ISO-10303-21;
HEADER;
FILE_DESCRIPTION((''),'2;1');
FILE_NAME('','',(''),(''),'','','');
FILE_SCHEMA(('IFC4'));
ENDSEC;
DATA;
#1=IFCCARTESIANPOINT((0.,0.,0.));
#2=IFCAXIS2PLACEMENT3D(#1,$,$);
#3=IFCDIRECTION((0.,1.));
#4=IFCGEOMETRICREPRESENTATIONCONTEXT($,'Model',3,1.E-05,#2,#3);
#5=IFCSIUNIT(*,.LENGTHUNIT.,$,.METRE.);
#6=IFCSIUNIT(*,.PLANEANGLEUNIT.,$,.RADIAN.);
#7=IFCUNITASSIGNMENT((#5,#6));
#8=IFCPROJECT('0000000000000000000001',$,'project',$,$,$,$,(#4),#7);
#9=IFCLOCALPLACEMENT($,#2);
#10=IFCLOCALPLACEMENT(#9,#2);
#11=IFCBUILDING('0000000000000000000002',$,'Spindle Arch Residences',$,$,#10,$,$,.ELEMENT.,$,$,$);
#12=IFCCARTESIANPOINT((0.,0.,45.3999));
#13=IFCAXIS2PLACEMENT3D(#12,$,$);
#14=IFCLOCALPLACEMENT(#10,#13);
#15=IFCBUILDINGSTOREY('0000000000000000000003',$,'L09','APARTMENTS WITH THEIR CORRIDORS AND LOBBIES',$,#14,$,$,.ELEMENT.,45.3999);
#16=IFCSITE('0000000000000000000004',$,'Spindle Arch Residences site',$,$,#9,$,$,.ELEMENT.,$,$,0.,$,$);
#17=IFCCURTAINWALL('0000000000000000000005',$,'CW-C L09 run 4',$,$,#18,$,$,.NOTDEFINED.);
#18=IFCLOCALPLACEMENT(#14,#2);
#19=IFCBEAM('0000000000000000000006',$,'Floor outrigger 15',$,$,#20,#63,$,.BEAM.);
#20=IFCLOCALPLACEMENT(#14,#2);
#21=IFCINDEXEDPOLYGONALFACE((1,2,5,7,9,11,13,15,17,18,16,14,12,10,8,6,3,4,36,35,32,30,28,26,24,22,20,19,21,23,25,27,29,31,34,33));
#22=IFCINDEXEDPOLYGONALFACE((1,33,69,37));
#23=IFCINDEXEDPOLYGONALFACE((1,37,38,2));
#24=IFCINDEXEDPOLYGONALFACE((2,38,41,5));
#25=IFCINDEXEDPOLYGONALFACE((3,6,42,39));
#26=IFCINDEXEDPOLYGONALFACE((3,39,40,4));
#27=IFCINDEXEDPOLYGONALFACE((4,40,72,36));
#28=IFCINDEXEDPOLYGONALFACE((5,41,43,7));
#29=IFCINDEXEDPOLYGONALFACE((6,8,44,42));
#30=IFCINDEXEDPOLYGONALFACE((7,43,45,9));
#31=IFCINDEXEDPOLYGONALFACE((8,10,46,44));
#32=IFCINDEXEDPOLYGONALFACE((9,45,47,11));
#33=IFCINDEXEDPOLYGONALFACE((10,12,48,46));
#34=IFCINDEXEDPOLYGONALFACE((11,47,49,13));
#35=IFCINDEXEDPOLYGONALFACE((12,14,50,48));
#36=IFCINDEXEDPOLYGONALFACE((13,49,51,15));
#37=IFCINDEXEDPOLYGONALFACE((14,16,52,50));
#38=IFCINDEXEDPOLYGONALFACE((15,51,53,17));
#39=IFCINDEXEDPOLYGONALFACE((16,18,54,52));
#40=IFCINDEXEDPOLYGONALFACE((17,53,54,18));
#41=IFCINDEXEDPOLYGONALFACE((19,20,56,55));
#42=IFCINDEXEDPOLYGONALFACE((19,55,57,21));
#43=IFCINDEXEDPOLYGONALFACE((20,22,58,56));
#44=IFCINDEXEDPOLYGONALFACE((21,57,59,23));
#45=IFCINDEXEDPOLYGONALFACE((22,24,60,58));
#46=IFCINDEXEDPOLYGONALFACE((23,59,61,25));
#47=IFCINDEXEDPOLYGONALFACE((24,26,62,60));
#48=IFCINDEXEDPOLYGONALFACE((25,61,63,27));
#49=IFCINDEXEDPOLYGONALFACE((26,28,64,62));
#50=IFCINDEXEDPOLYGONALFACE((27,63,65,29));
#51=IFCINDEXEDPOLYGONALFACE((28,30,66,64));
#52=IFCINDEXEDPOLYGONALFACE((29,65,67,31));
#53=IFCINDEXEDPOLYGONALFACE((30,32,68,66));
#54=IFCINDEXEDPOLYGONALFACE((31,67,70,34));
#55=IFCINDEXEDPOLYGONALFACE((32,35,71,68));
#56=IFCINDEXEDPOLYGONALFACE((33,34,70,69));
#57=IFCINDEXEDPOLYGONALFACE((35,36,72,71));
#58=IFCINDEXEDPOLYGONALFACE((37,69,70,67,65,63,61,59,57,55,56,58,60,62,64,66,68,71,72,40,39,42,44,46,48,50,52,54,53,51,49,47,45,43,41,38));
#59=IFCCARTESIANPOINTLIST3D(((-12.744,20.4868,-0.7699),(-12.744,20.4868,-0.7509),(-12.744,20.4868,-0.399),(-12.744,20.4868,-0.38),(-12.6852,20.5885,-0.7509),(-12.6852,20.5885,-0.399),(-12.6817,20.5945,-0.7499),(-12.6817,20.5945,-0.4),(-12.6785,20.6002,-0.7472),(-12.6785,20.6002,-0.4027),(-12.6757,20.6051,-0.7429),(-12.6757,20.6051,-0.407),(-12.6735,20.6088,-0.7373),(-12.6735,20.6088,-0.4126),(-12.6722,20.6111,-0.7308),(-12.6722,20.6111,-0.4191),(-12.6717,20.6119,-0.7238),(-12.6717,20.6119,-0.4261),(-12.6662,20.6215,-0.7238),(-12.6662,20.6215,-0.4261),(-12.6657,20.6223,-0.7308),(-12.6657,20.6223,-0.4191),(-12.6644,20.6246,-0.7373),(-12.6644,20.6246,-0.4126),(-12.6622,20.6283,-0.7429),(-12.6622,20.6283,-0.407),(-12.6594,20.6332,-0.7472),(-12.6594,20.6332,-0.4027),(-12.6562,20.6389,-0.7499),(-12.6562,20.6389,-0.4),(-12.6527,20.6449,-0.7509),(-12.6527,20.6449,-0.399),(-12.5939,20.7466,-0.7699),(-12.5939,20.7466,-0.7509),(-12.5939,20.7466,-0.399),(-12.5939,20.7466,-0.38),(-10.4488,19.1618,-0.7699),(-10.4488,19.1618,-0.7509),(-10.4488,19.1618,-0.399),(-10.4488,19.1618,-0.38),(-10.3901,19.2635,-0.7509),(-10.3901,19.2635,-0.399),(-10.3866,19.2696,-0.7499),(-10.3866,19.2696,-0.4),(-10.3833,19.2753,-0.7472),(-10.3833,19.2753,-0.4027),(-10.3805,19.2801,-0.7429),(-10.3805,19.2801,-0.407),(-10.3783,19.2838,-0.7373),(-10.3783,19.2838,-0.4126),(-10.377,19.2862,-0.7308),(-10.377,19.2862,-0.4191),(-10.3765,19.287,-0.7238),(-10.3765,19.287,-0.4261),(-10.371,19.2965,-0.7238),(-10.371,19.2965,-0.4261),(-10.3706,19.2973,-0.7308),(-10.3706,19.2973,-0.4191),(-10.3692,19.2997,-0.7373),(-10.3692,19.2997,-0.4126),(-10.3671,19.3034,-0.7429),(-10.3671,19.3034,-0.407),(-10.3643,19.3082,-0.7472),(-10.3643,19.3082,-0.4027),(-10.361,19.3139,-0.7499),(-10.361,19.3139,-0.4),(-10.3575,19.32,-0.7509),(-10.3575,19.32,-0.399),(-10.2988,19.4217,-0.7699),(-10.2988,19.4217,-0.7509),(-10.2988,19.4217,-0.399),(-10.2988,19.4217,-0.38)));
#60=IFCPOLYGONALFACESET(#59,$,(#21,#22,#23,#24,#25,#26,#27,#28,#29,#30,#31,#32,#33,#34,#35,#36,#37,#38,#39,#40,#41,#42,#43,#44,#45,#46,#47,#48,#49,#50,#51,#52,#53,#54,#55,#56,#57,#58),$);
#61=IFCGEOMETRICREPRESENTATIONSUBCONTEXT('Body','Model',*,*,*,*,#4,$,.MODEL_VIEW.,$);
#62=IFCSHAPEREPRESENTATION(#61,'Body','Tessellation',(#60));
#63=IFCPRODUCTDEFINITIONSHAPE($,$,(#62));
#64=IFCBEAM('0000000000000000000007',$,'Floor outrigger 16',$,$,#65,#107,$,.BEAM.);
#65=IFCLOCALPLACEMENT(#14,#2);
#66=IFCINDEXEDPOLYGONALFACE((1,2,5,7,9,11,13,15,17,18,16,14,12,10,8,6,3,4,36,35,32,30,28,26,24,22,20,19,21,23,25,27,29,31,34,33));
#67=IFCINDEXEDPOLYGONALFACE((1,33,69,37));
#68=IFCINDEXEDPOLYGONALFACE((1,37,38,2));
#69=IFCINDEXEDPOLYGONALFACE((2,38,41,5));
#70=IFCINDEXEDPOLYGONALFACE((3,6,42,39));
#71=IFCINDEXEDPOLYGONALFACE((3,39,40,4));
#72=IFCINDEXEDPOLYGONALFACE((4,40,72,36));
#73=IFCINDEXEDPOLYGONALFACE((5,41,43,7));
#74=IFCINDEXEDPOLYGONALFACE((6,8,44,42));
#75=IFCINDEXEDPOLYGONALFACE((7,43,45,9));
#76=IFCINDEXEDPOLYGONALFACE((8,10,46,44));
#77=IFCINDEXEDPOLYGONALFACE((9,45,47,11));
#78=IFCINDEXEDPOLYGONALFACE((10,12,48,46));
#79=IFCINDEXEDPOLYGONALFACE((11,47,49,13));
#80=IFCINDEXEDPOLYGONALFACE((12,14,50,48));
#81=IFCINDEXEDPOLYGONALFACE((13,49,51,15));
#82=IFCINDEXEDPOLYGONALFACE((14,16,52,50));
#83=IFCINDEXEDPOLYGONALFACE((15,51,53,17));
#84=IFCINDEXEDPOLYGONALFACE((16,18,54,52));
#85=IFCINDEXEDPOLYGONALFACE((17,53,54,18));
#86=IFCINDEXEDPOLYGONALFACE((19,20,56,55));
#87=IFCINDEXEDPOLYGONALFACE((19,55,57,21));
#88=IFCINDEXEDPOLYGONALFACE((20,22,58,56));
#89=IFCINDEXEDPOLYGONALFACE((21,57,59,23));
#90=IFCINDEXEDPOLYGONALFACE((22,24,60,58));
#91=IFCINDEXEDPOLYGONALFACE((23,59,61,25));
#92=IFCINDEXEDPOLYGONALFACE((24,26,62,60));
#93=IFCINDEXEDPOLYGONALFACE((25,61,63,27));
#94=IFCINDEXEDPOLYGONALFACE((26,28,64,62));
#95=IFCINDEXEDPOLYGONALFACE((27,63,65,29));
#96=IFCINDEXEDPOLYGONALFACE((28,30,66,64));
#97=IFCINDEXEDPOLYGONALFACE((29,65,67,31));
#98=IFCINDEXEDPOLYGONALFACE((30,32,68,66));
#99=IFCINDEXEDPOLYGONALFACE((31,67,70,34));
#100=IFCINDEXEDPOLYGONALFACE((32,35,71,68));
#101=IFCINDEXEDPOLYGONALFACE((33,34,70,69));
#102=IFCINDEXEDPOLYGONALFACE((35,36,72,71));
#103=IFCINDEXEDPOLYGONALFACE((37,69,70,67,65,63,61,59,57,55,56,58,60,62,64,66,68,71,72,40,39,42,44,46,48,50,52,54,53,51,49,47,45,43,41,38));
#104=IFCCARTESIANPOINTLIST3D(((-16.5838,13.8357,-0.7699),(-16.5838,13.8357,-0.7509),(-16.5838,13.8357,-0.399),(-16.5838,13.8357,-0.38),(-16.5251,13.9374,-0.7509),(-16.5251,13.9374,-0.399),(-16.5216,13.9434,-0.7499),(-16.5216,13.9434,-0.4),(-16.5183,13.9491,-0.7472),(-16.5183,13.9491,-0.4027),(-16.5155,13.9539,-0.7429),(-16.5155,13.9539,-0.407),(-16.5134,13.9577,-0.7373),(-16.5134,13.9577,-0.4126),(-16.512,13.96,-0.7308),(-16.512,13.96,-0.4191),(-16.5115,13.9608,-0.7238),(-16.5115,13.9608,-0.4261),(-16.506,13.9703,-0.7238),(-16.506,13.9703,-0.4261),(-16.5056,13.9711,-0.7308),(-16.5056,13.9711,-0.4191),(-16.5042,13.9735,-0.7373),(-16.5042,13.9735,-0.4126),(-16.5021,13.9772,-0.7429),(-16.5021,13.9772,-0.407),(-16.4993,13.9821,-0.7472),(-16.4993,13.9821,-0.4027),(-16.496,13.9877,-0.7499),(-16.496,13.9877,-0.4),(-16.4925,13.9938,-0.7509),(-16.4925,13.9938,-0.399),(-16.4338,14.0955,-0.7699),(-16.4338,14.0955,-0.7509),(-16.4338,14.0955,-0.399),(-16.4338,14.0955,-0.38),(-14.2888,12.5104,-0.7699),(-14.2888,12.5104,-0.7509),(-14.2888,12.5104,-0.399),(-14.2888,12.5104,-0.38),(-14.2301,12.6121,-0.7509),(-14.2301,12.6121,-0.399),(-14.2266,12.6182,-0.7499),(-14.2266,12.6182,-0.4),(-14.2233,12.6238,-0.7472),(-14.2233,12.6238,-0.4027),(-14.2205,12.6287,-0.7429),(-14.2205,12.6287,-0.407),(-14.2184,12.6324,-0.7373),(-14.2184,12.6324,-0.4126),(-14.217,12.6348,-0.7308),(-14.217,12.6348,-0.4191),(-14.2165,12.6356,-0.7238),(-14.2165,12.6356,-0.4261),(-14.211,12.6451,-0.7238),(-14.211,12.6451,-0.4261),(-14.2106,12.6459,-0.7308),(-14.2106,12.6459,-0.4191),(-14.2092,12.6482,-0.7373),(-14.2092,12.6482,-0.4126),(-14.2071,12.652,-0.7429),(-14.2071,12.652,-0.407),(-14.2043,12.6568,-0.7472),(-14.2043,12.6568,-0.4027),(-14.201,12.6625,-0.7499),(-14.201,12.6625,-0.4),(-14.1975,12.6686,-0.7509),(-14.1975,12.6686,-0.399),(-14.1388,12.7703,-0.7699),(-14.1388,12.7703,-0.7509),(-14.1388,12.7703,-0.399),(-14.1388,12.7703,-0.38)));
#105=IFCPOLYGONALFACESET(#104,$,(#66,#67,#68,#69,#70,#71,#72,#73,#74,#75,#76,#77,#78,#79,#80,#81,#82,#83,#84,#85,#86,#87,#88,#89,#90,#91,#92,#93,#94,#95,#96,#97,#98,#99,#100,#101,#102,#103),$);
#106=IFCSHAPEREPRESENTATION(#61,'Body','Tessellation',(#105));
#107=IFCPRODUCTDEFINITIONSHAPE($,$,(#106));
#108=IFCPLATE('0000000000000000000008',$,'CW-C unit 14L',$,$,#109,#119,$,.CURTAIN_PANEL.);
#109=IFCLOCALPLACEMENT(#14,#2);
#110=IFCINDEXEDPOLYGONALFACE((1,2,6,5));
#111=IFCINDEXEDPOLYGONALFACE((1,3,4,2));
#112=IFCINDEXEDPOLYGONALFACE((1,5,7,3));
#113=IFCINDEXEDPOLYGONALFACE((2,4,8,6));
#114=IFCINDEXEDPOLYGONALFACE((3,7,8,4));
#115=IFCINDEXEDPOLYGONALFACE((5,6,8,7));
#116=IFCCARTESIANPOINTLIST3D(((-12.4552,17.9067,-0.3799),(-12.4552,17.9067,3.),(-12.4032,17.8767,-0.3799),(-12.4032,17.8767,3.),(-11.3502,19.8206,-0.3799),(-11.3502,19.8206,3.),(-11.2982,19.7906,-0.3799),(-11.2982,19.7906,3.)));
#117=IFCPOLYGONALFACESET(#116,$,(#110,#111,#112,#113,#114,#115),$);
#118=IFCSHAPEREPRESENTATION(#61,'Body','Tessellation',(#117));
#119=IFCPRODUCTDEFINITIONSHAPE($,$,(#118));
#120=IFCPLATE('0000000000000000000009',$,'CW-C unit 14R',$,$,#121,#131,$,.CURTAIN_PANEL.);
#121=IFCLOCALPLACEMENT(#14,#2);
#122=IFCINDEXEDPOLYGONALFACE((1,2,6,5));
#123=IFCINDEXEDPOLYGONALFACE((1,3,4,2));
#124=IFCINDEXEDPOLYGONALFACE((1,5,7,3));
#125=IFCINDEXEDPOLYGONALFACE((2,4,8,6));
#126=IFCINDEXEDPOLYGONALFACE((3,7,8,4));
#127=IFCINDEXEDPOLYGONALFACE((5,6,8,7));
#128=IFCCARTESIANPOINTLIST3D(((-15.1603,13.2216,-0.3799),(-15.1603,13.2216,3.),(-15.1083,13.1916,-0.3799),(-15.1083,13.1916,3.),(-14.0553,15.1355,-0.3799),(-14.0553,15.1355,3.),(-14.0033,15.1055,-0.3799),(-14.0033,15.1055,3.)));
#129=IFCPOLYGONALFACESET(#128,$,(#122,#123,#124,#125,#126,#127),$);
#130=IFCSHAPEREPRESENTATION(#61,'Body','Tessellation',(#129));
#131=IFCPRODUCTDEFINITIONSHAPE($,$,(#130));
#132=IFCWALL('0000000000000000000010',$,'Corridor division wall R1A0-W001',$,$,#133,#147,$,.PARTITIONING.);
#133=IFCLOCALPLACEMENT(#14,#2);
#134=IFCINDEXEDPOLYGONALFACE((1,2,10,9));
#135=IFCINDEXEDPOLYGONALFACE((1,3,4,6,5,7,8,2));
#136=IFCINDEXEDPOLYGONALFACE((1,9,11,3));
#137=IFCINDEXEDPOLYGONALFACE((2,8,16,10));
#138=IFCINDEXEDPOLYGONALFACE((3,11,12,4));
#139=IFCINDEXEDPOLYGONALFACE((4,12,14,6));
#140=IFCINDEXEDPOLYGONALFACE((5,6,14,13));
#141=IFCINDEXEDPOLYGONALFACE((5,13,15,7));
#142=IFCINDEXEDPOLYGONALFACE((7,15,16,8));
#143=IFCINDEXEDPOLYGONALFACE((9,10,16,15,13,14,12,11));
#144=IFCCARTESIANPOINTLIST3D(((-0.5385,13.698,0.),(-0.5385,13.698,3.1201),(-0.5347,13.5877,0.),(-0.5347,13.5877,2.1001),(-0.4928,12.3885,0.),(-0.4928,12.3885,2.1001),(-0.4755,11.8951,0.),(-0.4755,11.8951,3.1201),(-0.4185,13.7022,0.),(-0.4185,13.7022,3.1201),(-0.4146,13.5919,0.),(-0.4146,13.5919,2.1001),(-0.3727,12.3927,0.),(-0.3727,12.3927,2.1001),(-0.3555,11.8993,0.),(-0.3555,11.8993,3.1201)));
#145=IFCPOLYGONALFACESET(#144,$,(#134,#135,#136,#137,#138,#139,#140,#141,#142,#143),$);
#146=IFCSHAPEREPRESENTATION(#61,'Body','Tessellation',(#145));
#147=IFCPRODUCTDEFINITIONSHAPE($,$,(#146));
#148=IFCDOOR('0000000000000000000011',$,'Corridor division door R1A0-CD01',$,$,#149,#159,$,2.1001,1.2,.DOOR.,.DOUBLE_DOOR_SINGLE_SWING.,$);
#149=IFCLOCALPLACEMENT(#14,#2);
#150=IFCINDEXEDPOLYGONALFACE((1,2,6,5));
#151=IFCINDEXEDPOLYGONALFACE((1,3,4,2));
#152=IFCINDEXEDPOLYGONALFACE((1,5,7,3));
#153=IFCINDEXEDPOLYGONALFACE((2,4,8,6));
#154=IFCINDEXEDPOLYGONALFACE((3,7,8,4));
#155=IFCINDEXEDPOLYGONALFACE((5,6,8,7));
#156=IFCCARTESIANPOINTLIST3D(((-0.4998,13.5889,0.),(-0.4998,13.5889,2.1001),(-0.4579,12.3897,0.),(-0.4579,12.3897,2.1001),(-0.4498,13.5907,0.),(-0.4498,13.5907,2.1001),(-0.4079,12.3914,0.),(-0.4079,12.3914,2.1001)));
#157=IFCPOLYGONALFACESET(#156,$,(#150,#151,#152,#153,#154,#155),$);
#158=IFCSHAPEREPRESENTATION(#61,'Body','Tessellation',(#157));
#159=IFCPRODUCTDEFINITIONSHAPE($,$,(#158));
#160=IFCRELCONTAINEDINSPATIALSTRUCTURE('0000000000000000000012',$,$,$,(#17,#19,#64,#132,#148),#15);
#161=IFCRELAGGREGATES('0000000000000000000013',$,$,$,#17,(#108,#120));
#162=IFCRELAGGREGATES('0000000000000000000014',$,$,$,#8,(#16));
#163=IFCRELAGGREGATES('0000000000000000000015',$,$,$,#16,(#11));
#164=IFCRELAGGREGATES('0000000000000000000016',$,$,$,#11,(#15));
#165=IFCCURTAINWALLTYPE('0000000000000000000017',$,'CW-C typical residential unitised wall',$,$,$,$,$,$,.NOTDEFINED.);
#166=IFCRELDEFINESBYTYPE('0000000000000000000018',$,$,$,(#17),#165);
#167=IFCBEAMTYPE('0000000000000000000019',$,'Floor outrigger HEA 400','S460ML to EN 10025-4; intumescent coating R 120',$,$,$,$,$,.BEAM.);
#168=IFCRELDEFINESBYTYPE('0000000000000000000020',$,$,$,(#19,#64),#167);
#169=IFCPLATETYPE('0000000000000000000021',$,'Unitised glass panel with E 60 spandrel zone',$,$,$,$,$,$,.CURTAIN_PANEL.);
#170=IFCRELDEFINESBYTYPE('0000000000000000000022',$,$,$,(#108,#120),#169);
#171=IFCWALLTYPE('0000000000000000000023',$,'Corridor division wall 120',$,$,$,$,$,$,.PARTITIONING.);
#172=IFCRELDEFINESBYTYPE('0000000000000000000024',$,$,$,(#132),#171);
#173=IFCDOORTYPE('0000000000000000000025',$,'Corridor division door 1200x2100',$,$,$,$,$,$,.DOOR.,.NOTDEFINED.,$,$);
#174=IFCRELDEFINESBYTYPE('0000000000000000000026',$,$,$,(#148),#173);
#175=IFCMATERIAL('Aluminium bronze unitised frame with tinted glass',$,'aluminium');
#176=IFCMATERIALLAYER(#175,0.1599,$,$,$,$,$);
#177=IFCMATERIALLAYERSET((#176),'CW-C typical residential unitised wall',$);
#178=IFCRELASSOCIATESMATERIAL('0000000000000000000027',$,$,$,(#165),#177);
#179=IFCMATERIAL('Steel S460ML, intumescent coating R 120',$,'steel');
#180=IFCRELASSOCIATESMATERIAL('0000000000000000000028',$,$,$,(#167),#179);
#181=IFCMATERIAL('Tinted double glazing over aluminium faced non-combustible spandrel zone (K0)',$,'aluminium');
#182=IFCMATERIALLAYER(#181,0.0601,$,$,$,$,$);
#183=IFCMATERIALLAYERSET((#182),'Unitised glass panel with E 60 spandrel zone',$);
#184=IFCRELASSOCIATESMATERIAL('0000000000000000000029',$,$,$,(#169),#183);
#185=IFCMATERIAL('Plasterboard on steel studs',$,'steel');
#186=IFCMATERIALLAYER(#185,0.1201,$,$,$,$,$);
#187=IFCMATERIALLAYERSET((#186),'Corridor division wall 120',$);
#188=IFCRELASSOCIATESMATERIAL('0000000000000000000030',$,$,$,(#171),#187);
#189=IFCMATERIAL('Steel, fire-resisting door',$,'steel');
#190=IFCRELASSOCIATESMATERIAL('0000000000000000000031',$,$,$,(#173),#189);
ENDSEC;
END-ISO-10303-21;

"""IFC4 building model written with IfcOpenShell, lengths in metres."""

from ifc_helpers import new_model, si_unit, direction, frame, frame_2d, origin, origin_2d, place, context, subcontext, project, spatial, rectangle, i_section, extrude, material, layer, layer_set, material_profile, profile_set, type_object, element, fill, aggregate, save


model = new_model("IFC4")

# Units and contexts
model_context = context("Model", 3, precision=1e-05, world=origin(), true_north=direction((0.0, 1.0)))
body_context = subcontext(model_context, "Body", "Model", "MODEL_VIEW")
ifc_project = project(units=[si_unit("LENGTHUNIT", "METRE"), si_unit("PLANEANGLEUNIT", "RADIAN")], contexts=[model_context])

# Site, building, storey
site_placement = place(None, origin())
site = spatial("IfcSite", under=ifc_project, at=site_placement, Name="Spindle Arch Residences site", CompositionType="ELEMENT", RefElevation=0.0)
building_placement = place(site_placement, origin())
building = spatial("IfcBuilding", under=site, at=building_placement, Name="Spindle Arch Residences", CompositionType="ELEMENT")
storey_placement = place(building_placement, frame((0.0, 0.0, 45.3999)))
storey = spatial("IfcBuildingStorey", under=building, at=storey_placement, Name="L09", Description="APARTMENTS WITH THEIR CORRIDORS AND LOBBIES", CompositionType="ELEMENT", Elevation=45.3999)

# Curtain wall
ifc_material_1 = material(Name="Aluminium bronze unitised frame with tinted glass", Category="aluminium")
ifc_layer_1 = layer(ifc_material_1, 0.1599)
ifc_layer_set_1 = layer_set([ifc_layer_1], Name="CW-C typical residential unitised wall")
curtain_wall_type = type_object("IfcCurtainWallType", Name="CW-C typical residential unitised wall", PredefinedType="NOTDEFINED", material=ifc_layer_set_1)
curtain_wall_placement = place(storey_placement, origin())
curtain_wall = element("IfcCurtainWall", 1, at=curtain_wall_placement, inside=storey, type_object=curtain_wall_type, Name="CW-C L09 run 4", PredefinedType="NOTDEFINED")

# Beams
ifc_material_2 = material(Name="Steel S460ML, intumescent coating R 120", Category="steel")
ifc_material_profile_1 = material_profile(ifc_material_2, i_section(OverallWidth=0.3, OverallDepth=0.3899, WebThickness=0.011, FlangeThickness=0.019, FilletRadius=0.0271, at=origin_2d()), Name="HEA 400")
ifc_profile_set_1 = profile_set([ifc_material_profile_1], Name="Steel S460ML, intumescent coating R 120")
beam_type_1 = type_object("IfcBeamType", Name="Floor outrigger HEA 400", Description="S460ML to EN 10025-4; intumescent coating R 120", PredefinedType="BEAM", material=ifc_profile_set_1)
for number, where, z_axis, x_axis, name in (
    (2, (-12.6689, 20.6167, -0.575), (0.866052, -0.499954, 0.0), (0.499954, 0.866052, 0.0), "Floor outrigger 15"),
    (3, (-16.5088, 13.9656, -0.575), (0.865989, -0.500063, 0.0), (0.500063, 0.865989, 0.0), "Floor outrigger 16"),
):
    element("IfcBeam", number, at=place(storey_placement, frame(where, z_axis=z_axis, x_axis=x_axis)), inside=storey, type_object=beam_type_1, Name=name, PredefinedType="BEAM", context=body_context, shape_type="SweptSolid", body=[
        extrude(i_section(OverallWidth=0.3, OverallDepth=0.3899, WebThickness=0.011, FlangeThickness=0.019, FilletRadius=0.0271, at=origin_2d()), origin(), (0.0, 0.0, 1.0), 2.6501),
    ])

# Plates
ifc_material_3 = material(Name="Tinted double glazing over aluminium faced non-combustible spandrel zone (K0)", Category="aluminium")
ifc_layer_2 = layer(ifc_material_3, 0.0601)
ifc_layer_set_2 = layer_set([ifc_layer_2], Name="Unitised glass panel with E 60 spandrel zone")
plate_type = type_object("IfcPlateType", Name="Unitised glass panel with E 60 spandrel zone", PredefinedType="CURTAIN_PANEL", material=ifc_layer_set_2)
plate_1_placement = place(storey_placement, frame((-11.8767, 18.8486, -0.3799), z_axis=(0.0, 0.0, 1.0), x_axis=(-0.5, -0.866025, 0.0)))
plate_1 = element("IfcPlate", 4, at=plate_1_placement, type_object=plate_type, Name="CW-C unit 14L", PredefinedType="CURTAIN_PANEL", context=body_context, shape_type="SweptSolid", body=[
    extrude(rectangle(XDim=2.21, YDim=0.0601, at=origin_2d()), origin(), (0.0, 0.0, 1.0), 3.3799),
])
plate_2_placement = place(storey_placement, frame((-14.5818, 14.1636, -0.3799), z_axis=(0.0, 0.0, 1.0), x_axis=(-0.5, -0.866025, 0.0)))
plate_2 = element("IfcPlate", 5, at=plate_2_placement, type_object=plate_type, Name="CW-C unit 14R", PredefinedType="CURTAIN_PANEL", context=body_context, shape_type="SweptSolid", body=[
    extrude(rectangle(XDim=2.21, YDim=0.0601, at=origin_2d()), origin(), (0.0, 0.0, 1.0), 3.3799),
])
aggregate(curtain_wall, [plate_1, plate_2])

# Wall, opening, door
ifc_material_4 = material(Name="Plasterboard on steel studs", Category="steel")
ifc_layer_3 = layer(ifc_material_4, 0.1201)
ifc_layer_set_3 = layer_set([ifc_layer_3], Name="Corridor division wall 120")
wall_type_1 = type_object("IfcWallType", Name="Corridor division wall 120", PredefinedType="PARTITIONING", material=ifc_layer_set_3)
wall_1_placement = place(storey_placement, frame((-0.4785, 13.7, 0.0), z_axis=(0.0, 0.0, 1.0), x_axis=(0.034919, -0.99939, 0.0)))
wall_1 = element("IfcWall", 6, at=wall_1_placement, inside=storey, type_object=wall_type_1, Name="Corridor division wall R1A0-W001", PredefinedType="PARTITIONING", context=body_context, shape_type="SweptSolid", body=[
    extrude(rectangle(XDim=1.804, YDim=0.1201, at=frame_2d((0.9019, 0.0))), origin(), (0.0, 0.0, 1.0), 3.1201),
])
opening_1_placement = place(wall_1_placement, frame((0.1101, 0.0, 0.0)))
opening_1 = element("IfcOpeningElement", 7, at=opening_1_placement, cuts=wall_1, PredefinedType="OPENING", context=body_context, shape_type="SweptSolid", body=[
    extrude(rectangle(XDim=1.2, YDim=2.1001, at=frame_2d((0.6001, 1.05))), frame((0.0, 0.0701, 0.0), z_axis=(0.0, -1.0, 0.0), x_axis=(1.0, 0.0, 0.0)), (0.0, 0.0, 1.0), 0.1401),
])
ifc_material_5 = material(Name="Steel, fire-resisting door", Category="steel")
door_type_1 = type_object("IfcDoorType", Name="Corridor division door 1200x2100", OperationType="NOTDEFINED", PredefinedType="DOOR", material=ifc_material_5)
door_1_placement = place(opening_1_placement, origin())
door_1 = element("IfcDoor", 8, at=door_1_placement, inside=storey, type_object=door_type_1, Name="Corridor division door R1A0-CD01", OperationType="DOUBLE_DOOR_SINGLE_SWING", OverallHeight=2.1001, OverallWidth=1.2, PredefinedType="DOOR", context=body_context, shape_type="SweptSolid", body=[
    extrude(rectangle(XDim=1.2, YDim=2.1001, at=frame_2d((0.6001, 1.05))), frame((0.0, 0.0249, 0.0), z_axis=(0.0, -1.0, 0.0), x_axis=(1.0, 0.0, 0.0)), (0.0, 0.0, 1.0), 0.05),
])
fill(opening_1, door_1)

save(model, "model.ifc")
